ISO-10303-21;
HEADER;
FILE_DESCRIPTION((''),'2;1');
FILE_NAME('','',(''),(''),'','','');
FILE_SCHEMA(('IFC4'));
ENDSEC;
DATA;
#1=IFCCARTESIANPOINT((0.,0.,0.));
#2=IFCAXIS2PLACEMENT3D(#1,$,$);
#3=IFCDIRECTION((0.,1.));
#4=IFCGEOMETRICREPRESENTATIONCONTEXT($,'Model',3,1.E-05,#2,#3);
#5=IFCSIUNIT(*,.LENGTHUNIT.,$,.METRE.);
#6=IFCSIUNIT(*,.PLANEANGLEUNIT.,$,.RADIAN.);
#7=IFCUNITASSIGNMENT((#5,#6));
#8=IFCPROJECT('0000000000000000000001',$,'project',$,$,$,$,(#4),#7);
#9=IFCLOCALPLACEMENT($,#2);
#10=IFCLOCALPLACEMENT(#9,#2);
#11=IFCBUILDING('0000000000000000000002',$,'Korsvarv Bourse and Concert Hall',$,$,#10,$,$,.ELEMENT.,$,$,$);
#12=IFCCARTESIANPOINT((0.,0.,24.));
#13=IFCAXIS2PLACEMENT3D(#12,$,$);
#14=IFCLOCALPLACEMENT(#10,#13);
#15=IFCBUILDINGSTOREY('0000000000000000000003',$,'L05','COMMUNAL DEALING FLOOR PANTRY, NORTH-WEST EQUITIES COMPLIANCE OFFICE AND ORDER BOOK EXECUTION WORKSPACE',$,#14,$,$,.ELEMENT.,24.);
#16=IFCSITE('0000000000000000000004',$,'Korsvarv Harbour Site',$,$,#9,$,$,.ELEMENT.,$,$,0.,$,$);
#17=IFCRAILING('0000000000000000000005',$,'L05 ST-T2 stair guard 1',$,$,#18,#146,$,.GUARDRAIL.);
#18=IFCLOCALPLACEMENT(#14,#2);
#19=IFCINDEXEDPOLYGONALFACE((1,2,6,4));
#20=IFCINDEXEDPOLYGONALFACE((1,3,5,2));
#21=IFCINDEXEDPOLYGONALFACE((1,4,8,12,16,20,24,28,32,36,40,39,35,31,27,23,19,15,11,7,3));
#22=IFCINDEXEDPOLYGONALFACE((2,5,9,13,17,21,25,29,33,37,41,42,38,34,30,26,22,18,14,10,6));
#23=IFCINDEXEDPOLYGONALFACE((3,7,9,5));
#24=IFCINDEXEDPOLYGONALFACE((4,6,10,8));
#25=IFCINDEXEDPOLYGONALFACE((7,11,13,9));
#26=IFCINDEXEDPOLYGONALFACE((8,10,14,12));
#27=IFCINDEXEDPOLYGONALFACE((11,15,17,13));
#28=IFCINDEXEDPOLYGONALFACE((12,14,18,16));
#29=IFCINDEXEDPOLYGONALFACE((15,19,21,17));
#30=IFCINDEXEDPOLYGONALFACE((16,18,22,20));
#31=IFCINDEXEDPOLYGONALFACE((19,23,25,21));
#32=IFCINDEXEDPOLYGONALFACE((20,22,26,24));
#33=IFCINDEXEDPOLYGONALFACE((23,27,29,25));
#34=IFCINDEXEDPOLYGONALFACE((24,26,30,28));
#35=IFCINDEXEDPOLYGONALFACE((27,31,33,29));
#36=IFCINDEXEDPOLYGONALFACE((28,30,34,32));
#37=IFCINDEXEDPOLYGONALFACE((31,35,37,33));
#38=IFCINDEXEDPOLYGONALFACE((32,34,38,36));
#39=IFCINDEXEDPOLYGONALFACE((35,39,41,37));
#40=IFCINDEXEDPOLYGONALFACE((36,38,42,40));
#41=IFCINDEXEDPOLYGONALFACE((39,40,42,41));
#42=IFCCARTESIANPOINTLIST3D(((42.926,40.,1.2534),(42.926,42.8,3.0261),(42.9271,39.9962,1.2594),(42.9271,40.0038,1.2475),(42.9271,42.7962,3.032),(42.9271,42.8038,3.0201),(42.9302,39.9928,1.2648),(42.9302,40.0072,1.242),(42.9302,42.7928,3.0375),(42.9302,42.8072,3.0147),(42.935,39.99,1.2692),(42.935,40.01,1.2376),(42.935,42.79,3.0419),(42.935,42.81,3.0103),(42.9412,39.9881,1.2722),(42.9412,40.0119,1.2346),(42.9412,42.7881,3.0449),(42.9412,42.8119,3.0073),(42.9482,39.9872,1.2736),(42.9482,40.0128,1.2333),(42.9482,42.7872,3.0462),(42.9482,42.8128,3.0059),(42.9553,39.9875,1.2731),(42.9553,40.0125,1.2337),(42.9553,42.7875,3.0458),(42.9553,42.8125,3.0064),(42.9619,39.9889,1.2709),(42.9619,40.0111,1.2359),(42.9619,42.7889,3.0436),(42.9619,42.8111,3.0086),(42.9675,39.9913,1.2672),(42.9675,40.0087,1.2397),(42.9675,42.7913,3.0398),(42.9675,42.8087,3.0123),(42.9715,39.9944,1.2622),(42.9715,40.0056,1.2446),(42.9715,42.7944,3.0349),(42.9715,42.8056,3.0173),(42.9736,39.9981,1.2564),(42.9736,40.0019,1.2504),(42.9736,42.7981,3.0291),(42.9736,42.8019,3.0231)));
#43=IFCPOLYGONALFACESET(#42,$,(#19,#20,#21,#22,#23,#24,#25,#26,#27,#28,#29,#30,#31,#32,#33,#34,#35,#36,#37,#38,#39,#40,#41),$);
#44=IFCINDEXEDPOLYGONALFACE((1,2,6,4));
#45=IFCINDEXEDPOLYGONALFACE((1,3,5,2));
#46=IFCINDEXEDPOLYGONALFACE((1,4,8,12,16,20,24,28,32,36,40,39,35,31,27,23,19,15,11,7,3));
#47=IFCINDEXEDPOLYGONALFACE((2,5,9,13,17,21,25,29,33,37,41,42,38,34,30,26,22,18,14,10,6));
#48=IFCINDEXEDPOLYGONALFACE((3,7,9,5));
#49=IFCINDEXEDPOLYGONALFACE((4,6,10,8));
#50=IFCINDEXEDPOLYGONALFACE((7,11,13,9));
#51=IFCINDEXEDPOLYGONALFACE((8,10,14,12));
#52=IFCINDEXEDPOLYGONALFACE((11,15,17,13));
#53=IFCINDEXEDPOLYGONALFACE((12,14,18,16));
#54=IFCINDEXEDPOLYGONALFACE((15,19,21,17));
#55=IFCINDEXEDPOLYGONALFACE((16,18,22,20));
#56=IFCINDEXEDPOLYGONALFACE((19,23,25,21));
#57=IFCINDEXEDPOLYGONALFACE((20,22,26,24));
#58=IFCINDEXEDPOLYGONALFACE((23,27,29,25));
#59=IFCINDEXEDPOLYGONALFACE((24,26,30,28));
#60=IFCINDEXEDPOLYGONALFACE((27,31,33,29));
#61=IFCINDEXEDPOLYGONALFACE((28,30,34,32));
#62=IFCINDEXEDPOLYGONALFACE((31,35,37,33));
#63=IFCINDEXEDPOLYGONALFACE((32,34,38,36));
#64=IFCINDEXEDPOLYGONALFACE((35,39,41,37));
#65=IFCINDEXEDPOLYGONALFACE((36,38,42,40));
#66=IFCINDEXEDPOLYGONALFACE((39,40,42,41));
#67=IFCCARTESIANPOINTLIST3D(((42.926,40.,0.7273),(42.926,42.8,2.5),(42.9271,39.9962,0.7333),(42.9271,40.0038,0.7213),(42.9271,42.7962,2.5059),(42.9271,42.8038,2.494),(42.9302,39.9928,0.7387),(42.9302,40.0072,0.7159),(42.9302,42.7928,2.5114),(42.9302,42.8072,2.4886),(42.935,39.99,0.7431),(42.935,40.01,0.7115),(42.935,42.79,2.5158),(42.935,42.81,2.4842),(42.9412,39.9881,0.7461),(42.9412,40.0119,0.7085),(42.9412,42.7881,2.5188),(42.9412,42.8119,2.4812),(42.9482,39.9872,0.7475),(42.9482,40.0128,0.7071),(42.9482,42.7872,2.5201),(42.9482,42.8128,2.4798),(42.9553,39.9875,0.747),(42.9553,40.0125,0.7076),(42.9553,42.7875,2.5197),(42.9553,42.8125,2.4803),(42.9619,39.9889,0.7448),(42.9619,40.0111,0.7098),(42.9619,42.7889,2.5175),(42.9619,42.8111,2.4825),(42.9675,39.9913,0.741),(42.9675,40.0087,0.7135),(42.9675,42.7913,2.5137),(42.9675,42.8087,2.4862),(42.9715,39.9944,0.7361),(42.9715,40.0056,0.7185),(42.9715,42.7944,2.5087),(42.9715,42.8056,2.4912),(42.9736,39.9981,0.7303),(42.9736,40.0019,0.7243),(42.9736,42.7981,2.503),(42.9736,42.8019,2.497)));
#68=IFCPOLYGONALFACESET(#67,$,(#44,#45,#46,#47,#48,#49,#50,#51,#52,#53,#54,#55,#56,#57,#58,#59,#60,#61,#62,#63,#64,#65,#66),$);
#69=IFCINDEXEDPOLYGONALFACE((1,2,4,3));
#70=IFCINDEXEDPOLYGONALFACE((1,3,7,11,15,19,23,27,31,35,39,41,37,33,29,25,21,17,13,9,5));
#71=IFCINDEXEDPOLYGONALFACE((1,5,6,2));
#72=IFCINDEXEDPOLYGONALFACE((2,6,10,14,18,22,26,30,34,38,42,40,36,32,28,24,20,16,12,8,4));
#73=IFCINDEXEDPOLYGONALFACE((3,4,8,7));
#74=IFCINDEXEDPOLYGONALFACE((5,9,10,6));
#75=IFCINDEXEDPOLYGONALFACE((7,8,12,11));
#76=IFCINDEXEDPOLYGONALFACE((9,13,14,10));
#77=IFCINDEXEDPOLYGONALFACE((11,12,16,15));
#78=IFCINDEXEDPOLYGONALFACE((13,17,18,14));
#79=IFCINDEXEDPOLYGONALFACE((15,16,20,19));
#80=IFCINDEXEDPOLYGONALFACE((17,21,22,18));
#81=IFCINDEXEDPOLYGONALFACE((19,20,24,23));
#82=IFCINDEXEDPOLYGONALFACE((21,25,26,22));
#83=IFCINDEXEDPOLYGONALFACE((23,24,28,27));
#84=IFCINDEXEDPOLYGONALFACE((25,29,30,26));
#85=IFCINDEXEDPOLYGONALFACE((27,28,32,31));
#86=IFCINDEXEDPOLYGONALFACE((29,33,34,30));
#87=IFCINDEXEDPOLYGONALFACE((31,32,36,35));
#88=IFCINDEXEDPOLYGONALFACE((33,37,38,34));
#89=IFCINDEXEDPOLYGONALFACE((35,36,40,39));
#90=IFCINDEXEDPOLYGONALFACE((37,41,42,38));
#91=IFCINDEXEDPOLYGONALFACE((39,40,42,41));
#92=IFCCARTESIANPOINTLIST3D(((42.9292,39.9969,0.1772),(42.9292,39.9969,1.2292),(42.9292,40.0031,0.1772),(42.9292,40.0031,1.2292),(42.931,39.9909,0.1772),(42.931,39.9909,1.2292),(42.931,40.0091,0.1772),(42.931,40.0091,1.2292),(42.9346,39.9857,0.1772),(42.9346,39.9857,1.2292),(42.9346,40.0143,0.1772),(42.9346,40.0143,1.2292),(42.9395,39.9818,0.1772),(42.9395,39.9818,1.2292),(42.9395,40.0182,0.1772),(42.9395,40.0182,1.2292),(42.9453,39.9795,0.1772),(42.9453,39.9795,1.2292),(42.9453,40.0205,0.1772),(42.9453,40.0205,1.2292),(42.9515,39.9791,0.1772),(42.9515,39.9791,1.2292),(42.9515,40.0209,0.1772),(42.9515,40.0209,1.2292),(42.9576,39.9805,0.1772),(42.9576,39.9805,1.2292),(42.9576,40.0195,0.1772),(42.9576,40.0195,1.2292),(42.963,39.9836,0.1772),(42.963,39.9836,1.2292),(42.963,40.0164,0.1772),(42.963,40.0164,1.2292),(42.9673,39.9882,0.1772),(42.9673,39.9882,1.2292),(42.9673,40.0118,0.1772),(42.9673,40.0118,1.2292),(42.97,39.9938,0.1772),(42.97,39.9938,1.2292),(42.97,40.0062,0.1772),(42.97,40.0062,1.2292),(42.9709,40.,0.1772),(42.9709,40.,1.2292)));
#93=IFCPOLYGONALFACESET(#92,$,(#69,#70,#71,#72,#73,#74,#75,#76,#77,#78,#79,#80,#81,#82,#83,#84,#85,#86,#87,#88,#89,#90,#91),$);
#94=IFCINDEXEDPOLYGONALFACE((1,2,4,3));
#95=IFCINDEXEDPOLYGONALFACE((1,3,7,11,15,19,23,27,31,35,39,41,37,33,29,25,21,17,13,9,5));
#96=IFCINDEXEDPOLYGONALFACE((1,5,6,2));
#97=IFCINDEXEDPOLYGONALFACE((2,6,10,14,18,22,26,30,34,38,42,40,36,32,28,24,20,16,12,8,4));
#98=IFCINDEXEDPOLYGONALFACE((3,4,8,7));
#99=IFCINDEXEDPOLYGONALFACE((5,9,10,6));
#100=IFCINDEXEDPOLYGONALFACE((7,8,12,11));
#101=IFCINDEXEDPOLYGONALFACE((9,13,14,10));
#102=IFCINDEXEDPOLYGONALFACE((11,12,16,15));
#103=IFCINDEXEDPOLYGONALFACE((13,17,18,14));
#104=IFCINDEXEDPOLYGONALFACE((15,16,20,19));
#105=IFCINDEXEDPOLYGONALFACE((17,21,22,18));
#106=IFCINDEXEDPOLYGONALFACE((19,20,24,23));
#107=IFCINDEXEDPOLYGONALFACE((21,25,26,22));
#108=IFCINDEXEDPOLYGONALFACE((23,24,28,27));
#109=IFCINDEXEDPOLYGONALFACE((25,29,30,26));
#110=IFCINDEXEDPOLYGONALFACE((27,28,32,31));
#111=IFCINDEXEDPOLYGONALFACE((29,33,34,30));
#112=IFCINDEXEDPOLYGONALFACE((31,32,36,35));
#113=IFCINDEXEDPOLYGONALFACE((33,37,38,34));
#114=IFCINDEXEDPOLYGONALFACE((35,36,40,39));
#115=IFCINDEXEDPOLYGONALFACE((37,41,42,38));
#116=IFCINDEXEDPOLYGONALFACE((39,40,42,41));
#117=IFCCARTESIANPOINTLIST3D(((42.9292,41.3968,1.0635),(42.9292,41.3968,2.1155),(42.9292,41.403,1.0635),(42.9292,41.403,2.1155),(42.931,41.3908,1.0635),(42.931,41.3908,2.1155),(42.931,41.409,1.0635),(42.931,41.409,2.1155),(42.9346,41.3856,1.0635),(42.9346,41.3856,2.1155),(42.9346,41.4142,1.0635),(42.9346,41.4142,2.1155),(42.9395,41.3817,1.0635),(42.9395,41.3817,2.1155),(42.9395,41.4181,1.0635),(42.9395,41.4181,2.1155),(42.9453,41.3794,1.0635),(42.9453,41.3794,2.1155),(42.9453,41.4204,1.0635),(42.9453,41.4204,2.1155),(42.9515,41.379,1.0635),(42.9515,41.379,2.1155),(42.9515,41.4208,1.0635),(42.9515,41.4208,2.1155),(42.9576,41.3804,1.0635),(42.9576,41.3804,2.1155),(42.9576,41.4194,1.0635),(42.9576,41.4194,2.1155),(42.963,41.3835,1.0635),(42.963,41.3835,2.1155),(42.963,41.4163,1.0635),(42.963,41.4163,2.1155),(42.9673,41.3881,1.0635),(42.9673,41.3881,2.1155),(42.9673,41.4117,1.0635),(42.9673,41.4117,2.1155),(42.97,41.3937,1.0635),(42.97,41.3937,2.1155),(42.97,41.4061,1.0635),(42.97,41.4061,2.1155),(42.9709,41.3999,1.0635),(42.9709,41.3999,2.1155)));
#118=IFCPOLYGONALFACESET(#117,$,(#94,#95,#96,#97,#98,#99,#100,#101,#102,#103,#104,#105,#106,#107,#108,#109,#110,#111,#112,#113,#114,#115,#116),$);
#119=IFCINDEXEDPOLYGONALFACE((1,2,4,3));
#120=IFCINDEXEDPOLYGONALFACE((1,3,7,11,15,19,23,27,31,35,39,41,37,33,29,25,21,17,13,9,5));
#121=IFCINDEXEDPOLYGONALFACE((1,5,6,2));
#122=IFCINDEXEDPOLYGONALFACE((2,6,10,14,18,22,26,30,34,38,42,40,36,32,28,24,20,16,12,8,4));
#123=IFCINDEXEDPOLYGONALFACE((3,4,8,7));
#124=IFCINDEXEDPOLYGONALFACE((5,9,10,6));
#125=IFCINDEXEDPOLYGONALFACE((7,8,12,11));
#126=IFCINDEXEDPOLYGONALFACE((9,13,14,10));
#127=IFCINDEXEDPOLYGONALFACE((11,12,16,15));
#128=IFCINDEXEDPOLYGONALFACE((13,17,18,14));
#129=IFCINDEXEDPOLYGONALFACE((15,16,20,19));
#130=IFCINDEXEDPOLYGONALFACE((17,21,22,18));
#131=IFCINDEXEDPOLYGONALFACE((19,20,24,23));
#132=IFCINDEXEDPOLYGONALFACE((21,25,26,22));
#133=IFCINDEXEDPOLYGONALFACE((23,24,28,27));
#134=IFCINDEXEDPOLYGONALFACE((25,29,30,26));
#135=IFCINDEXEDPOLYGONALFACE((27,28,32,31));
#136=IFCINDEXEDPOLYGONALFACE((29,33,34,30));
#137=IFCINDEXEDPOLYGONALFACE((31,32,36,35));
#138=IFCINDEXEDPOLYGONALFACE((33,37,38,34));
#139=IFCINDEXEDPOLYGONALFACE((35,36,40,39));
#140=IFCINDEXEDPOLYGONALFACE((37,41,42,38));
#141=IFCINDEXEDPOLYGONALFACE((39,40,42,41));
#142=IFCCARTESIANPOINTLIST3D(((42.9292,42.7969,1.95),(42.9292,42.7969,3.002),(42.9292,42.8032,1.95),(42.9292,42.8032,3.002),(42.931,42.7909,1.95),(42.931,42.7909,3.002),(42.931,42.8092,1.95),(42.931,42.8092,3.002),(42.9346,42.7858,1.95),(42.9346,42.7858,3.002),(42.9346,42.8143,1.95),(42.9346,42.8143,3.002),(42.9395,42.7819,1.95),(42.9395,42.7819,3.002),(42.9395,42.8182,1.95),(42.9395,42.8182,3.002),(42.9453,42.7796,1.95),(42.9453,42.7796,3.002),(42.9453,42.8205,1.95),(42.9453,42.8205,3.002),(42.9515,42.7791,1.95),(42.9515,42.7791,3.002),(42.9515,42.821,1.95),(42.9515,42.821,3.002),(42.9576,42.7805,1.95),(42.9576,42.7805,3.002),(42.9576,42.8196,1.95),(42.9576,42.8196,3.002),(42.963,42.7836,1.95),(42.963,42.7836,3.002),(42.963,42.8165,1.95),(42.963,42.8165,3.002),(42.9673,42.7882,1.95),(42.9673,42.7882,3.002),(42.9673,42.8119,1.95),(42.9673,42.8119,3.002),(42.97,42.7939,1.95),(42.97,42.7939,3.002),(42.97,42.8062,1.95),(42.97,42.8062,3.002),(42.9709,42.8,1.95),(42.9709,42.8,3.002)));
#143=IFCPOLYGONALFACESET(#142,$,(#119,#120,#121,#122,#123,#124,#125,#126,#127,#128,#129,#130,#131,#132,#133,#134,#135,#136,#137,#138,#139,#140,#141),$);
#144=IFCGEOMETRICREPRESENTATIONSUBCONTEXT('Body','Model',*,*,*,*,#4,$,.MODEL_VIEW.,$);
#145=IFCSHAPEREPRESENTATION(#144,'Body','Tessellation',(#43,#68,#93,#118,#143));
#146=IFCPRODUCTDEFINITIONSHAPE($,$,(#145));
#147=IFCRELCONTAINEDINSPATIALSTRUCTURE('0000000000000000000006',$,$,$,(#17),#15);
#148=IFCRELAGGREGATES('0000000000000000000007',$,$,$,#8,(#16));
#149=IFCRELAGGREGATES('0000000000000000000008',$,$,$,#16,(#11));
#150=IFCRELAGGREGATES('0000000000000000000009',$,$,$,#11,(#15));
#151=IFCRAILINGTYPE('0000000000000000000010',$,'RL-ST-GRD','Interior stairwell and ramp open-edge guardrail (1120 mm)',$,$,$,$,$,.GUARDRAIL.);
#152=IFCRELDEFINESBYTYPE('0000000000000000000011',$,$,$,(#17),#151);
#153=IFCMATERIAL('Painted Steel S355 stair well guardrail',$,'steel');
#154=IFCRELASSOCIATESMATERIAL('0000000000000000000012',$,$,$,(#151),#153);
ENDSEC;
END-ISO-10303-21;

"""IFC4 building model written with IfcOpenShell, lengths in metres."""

from ifc_helpers import new_model, si_unit, direction, frame, origin, origin_2d, place, context, subcontext, project, spatial, circle, extrude, material, type_object, element, save


model = new_model("IFC4")

# Units and contexts
model_context = context("Model", 3, precision=1e-05, world=origin(), true_north=direction((0.0, 1.0)))
body_context = subcontext(model_context, "Body", "Model", "MODEL_VIEW")
ifc_project = project(units=[si_unit("LENGTHUNIT", "METRE"), si_unit("PLANEANGLEUNIT", "RADIAN")], contexts=[model_context])

# Site, building, storey
site_placement = place(None, origin())
site = spatial("IfcSite", under=ifc_project, at=site_placement, Name="Korsvarv Harbour Site", CompositionType="ELEMENT", RefElevation=0.0)
building_placement = place(site_placement, origin())
building = spatial("IfcBuilding", under=site, at=building_placement, Name="Korsvarv Bourse and Concert Hall", CompositionType="ELEMENT")
storey_placement = place(building_placement, frame((0.0, 0.0, 24.0)))
storey = spatial("IfcBuildingStorey", under=building, at=storey_placement, Name="L05", Description="COMMUNAL DEALING FLOOR PANTRY, NORTH-WEST EQUITIES COMPLIANCE OFFICE AND ORDER BOOK EXECUTION WORKSPACE", CompositionType="ELEMENT", Elevation=24.0)

# Railing
ifc_material_1 = material(Name="Painted Steel S355 stair well guardrail", Category="steel")
railing_type_1 = type_object("IfcRailingType", Name="RL-ST-GRD", Description="Interior stairwell and ramp open-edge guardrail (1120 mm)", PredefinedType="GUARDRAIL", material=ifc_material_1)
railing_1_placement = place(storey_placement, frame((42.95, 40.0, 0.1772)))
element("IfcRailing", 1, at=railing_1_placement, inside=storey, type_object=railing_type_1, Name="L05 ST-T2 stair guard 1", PredefinedType="GUARDRAIL", context=body_context, shape_type="SweptSolid", body=[
    extrude(circle(Radius=0.0239, at=origin_2d()), frame((0.0, 0.0, 1.0762), z_axis=(0.0, 0.844909, 0.53491), x_axis=(-1.0, 0.0, 0.0)), (0.0, 0.0, 1.0), 3.314),
    extrude(circle(Radius=0.0239, at=origin_2d()), frame((0.0, 0.0, 0.55), z_axis=(0.0, 0.844909, 0.53491), x_axis=(-1.0, 0.0, 0.0)), (0.0, 0.0, 1.0), 3.314),
    extrude(circle(Radius=0.021, at=origin_2d()), origin(), (0.0, 0.0, 1.0), 1.052),
    extrude(circle(Radius=0.021, at=origin_2d()), frame((0.0, 1.3999, 0.8862)), (0.0, 0.0, 1.0), 1.052),
    extrude(circle(Radius=0.021, at=origin_2d()), frame((0.0, 2.8, 1.7727)), (0.0, 0.0, 1.0), 1.052),
])

save(model, "model.ifc")
